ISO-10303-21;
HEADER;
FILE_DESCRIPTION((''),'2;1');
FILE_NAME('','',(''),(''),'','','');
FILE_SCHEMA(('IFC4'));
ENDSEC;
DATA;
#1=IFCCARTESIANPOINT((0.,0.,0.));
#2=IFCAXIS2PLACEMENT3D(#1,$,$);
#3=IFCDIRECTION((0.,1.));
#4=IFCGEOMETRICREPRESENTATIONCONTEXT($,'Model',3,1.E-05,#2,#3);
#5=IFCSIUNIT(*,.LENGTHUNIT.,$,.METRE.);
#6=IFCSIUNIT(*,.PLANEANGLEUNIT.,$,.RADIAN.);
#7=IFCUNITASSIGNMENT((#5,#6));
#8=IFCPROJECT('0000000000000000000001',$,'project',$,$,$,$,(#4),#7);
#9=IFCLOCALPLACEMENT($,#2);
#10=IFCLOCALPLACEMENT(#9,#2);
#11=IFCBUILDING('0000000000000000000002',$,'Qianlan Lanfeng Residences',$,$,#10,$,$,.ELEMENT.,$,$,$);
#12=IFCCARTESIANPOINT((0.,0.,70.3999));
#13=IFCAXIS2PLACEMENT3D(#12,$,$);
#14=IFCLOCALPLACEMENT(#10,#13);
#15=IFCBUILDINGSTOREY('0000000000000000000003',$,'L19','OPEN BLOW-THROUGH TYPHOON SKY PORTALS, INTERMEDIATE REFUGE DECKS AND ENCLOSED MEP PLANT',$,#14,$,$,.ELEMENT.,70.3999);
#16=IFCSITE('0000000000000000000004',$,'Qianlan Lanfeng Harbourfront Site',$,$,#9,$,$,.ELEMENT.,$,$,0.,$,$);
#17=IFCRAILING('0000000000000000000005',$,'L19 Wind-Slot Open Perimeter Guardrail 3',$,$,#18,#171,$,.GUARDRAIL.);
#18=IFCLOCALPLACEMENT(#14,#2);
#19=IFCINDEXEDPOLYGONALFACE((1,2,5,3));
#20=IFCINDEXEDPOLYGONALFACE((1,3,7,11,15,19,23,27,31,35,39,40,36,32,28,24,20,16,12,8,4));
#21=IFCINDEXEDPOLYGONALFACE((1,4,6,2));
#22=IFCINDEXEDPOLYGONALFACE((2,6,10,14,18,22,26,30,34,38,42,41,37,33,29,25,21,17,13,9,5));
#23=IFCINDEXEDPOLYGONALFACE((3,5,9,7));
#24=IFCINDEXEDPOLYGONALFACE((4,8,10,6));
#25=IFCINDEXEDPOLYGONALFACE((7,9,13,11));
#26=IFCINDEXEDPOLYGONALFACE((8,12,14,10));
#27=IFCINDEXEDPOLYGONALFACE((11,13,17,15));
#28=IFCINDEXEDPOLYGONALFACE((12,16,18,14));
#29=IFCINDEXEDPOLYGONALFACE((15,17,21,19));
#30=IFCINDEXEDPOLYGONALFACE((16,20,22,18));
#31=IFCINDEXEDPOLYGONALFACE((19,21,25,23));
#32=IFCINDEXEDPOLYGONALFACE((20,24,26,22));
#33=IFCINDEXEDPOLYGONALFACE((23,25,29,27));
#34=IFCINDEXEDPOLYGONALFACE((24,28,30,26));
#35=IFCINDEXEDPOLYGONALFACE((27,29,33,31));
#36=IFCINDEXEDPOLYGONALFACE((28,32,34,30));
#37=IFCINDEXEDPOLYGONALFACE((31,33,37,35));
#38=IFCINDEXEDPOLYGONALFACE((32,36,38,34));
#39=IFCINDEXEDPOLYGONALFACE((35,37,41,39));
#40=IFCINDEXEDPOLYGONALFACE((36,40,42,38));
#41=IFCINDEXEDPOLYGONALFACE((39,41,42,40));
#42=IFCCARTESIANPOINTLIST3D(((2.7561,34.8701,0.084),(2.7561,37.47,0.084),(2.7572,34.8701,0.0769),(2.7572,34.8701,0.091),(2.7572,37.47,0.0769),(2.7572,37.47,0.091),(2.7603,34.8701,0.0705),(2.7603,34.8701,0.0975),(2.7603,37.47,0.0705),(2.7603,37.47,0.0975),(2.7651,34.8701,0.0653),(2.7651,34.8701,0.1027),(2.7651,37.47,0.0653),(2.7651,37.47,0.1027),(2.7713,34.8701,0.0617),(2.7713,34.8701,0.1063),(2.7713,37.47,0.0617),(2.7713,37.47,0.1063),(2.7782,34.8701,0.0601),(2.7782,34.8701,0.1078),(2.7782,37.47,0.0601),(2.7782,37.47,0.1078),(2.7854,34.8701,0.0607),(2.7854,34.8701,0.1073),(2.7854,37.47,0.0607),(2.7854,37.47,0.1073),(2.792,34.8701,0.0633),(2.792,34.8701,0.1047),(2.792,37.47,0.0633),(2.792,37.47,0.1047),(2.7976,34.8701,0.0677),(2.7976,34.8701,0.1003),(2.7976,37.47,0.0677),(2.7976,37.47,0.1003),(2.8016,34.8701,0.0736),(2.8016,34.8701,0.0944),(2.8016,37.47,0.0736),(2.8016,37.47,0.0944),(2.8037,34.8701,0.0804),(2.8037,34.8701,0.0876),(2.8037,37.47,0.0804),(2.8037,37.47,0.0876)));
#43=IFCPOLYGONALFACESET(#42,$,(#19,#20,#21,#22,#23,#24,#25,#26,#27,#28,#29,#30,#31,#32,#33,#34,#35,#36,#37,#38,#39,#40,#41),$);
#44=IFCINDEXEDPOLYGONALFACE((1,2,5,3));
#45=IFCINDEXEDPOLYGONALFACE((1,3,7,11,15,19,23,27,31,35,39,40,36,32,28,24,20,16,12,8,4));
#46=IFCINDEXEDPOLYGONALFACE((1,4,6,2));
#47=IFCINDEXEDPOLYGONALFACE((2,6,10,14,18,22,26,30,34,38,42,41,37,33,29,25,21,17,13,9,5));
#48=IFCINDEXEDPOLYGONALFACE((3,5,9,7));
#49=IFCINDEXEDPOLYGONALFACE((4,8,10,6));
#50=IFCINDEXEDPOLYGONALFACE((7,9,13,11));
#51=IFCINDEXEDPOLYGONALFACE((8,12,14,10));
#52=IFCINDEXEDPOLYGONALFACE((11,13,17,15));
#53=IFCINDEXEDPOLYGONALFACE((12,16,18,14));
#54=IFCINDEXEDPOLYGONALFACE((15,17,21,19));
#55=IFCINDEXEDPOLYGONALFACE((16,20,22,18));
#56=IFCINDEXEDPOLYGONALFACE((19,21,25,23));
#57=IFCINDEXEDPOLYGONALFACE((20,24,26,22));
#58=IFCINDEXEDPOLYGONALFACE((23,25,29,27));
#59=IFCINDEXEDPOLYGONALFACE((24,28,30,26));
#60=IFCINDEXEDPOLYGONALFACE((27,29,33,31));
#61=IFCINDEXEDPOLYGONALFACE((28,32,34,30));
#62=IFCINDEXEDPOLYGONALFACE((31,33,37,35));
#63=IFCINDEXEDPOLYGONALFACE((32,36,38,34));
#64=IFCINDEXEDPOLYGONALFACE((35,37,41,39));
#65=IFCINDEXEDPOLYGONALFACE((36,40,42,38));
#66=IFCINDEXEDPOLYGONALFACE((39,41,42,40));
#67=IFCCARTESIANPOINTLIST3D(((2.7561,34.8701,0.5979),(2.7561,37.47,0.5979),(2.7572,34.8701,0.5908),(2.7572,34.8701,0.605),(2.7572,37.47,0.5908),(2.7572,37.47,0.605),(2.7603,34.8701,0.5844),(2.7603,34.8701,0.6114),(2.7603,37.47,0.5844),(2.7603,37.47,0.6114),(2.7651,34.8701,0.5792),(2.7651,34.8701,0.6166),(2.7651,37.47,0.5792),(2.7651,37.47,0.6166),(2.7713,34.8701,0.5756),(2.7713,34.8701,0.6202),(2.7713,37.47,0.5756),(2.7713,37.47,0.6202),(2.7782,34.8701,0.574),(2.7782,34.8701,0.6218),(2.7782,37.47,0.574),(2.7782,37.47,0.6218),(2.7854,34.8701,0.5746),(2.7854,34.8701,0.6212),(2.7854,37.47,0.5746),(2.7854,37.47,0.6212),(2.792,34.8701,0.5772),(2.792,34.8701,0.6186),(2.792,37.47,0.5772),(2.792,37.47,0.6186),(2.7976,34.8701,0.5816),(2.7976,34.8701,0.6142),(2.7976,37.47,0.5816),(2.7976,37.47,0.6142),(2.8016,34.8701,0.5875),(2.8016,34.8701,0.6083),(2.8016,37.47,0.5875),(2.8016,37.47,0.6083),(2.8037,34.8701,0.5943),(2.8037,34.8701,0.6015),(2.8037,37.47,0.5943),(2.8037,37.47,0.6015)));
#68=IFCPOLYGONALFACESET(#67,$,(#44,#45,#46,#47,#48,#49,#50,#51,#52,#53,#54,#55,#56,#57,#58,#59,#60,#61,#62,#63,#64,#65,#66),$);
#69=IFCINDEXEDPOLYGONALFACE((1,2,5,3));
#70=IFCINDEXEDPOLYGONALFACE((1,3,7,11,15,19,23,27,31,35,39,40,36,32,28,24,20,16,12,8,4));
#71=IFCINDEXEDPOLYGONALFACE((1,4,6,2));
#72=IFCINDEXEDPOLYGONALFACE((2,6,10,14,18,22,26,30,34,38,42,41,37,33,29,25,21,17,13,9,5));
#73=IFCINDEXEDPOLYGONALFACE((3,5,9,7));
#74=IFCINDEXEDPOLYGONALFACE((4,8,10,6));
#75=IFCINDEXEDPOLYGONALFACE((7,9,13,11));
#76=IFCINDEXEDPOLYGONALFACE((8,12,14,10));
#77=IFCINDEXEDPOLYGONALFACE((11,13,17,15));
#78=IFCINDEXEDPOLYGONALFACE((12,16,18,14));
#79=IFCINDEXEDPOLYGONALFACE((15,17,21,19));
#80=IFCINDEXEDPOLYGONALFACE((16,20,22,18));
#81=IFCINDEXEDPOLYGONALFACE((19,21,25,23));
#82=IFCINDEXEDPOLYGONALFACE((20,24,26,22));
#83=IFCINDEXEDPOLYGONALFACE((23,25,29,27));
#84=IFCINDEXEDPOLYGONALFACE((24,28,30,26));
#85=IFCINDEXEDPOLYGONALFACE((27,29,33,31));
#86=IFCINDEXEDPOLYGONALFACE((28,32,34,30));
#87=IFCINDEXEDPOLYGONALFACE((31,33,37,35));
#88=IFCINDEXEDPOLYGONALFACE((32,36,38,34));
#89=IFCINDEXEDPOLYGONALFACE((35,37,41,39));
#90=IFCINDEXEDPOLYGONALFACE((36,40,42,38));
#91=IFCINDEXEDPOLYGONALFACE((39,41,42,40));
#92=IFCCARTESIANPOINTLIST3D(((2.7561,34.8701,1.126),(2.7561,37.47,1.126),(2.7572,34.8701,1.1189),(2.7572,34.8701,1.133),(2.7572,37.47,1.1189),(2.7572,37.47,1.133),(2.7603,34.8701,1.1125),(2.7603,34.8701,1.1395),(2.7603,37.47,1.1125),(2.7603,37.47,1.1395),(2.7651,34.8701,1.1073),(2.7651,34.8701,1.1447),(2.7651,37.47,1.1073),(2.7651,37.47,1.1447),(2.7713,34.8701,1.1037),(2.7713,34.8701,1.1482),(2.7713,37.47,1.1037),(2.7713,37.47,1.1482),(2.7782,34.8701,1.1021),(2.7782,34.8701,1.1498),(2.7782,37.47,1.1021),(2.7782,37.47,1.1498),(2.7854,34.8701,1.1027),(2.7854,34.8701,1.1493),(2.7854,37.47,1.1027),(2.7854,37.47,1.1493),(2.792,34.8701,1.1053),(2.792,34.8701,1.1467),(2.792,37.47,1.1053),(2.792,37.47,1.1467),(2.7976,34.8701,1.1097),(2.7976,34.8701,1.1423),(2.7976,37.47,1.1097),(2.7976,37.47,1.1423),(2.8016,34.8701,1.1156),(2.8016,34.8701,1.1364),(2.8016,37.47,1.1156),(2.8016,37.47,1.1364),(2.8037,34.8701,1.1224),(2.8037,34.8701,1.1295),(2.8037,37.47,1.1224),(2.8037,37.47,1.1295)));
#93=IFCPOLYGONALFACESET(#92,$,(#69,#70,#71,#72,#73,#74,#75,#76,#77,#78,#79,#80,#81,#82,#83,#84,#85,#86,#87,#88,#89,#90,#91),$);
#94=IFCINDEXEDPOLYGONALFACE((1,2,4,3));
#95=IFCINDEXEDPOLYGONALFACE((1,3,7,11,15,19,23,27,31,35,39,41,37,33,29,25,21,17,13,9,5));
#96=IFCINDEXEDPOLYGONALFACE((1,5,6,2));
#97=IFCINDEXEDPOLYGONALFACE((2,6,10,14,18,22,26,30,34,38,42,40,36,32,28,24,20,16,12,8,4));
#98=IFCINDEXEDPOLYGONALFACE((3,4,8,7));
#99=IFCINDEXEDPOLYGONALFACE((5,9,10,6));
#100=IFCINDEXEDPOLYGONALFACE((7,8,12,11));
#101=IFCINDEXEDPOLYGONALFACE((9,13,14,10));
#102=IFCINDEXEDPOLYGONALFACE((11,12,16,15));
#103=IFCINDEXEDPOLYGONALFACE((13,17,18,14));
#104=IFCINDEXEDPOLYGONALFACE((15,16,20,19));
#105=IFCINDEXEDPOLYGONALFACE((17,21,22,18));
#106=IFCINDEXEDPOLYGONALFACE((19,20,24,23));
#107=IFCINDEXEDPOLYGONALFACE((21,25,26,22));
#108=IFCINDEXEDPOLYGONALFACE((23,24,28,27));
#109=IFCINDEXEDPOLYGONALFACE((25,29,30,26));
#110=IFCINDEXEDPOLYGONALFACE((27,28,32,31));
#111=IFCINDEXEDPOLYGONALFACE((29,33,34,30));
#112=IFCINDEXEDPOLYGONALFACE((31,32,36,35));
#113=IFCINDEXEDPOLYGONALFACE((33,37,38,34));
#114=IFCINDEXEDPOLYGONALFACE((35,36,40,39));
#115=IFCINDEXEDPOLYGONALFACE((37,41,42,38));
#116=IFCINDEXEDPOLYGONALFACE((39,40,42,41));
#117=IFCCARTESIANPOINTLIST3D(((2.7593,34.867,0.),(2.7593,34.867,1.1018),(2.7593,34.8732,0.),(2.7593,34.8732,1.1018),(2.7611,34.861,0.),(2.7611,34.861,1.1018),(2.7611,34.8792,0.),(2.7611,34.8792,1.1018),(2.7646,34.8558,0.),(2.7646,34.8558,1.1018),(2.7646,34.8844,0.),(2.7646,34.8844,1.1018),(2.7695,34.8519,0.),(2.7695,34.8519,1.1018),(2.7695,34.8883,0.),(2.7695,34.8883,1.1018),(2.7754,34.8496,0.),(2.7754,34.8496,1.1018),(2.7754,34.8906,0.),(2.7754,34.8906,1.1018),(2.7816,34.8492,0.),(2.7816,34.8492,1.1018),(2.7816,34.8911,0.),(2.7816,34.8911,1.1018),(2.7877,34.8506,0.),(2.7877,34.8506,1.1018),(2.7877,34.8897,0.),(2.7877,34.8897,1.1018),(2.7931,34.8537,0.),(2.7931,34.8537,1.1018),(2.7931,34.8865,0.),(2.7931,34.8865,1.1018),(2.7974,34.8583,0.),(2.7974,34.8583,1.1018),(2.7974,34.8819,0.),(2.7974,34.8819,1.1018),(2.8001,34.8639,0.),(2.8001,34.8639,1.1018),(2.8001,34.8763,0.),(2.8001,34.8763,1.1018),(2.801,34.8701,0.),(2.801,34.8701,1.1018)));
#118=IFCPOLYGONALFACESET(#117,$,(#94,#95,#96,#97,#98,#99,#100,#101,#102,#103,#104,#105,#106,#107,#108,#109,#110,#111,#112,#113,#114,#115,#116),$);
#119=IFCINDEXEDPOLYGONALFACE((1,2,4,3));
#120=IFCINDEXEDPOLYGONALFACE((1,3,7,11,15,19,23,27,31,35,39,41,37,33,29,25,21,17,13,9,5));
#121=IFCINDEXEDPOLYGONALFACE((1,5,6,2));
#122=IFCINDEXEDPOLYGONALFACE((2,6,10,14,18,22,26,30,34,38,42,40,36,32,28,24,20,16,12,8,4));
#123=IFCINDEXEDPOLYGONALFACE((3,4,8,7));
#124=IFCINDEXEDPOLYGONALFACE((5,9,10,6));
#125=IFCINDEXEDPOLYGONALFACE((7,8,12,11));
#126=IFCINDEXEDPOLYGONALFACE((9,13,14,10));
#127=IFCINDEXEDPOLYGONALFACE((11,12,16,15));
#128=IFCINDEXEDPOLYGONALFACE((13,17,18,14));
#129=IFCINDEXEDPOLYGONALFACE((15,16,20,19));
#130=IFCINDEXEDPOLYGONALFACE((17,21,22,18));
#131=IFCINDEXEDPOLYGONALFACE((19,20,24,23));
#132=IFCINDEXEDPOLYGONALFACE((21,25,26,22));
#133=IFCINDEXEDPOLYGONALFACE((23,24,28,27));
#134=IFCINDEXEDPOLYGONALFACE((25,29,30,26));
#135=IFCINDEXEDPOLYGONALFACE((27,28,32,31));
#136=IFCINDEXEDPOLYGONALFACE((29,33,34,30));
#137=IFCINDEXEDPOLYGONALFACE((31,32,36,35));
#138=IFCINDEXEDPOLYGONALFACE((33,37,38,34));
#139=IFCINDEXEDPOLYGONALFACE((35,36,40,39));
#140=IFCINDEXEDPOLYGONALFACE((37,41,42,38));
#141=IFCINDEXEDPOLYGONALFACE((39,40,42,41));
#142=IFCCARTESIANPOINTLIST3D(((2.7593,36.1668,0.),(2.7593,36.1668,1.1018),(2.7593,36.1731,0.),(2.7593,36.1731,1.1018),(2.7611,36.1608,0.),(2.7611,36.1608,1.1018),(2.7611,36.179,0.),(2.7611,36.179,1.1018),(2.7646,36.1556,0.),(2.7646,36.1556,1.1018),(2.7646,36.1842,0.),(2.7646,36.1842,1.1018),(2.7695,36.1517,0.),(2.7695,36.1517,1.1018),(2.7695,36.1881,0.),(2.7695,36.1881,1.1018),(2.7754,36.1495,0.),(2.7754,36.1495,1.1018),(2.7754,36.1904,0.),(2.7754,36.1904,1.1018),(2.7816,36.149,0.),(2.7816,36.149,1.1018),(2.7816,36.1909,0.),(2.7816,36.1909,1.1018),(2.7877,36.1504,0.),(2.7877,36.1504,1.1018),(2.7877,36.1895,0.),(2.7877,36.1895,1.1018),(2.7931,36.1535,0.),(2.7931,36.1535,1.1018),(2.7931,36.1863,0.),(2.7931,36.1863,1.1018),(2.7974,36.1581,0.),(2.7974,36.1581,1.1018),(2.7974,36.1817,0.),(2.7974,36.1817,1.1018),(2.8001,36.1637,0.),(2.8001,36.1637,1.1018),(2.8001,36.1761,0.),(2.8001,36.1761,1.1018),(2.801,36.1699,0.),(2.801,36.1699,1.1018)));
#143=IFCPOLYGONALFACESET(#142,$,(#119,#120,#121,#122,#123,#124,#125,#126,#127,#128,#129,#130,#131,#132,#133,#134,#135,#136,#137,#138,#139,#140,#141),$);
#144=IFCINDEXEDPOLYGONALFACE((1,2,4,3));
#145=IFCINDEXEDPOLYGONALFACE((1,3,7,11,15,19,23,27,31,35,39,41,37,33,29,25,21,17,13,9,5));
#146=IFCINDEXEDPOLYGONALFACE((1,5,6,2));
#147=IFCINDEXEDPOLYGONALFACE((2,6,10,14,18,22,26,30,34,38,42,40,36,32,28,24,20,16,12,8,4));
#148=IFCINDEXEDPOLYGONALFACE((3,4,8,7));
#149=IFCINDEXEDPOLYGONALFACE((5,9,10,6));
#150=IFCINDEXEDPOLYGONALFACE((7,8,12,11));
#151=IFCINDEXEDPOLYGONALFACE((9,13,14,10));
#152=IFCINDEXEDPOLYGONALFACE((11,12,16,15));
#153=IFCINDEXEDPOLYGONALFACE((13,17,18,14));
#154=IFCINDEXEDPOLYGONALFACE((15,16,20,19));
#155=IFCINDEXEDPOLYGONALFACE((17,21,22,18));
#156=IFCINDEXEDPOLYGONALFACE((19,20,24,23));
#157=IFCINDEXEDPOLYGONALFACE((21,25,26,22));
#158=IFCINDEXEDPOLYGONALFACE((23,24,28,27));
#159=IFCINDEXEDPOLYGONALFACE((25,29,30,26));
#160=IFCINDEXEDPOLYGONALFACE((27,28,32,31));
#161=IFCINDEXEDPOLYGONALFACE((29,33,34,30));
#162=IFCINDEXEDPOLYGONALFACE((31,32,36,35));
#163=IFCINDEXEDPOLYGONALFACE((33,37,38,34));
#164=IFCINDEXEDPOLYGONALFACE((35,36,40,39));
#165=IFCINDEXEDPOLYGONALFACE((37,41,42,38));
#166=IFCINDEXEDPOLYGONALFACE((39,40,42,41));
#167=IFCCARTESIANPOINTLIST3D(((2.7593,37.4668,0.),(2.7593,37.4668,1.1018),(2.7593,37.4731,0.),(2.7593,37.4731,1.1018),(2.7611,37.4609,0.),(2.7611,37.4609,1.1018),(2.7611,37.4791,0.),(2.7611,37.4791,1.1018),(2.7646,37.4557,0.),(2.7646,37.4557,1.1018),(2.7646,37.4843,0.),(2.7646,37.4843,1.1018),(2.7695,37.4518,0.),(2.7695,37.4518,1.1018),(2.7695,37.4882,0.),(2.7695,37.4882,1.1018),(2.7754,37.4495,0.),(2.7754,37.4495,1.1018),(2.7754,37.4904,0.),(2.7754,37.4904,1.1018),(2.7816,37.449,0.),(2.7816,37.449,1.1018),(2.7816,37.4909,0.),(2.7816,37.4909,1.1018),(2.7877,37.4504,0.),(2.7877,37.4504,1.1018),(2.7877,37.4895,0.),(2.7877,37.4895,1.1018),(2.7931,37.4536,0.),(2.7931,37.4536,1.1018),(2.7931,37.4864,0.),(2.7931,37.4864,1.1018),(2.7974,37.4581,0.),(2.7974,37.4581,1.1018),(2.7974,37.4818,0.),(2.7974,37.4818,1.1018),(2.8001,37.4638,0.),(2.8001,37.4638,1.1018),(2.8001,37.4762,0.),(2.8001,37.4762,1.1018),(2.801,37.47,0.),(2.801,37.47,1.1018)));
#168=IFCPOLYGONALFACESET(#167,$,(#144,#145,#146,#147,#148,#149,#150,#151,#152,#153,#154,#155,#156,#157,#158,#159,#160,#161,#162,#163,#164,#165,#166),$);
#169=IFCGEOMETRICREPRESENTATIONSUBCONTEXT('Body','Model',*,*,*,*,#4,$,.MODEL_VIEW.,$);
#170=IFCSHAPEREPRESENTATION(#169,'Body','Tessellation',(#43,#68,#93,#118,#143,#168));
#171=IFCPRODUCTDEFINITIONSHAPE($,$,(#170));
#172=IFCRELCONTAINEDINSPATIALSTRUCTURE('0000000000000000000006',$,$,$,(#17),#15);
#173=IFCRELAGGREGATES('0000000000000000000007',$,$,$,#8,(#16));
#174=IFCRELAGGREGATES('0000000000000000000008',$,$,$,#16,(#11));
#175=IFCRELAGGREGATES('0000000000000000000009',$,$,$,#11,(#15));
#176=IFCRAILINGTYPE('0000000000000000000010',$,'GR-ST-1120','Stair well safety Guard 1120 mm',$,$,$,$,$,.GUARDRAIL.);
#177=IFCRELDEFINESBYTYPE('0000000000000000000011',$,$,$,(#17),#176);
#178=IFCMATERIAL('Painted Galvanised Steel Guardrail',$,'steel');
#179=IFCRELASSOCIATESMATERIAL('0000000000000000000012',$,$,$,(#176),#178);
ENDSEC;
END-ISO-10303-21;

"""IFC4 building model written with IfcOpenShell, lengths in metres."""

from ifc_helpers import new_model, si_unit, direction, frame, origin, origin_2d, place, context, subcontext, project, spatial, circle, extrude, material, type_object, element, save


model = new_model("IFC4")

# Units and contexts
model_context = context("Model", 3, precision=1e-05, world=origin(), true_north=direction((0.0, 1.0)))
body_context = subcontext(model_context, "Body", "Model", "MODEL_VIEW")
ifc_project = project(units=[si_unit("LENGTHUNIT", "METRE"), si_unit("PLANEANGLEUNIT", "RADIAN")], contexts=[model_context])

# Site, building, storey
site_placement = place(None, origin())
site = spatial("IfcSite", under=ifc_project, at=site_placement, Name="Qianlan Lanfeng Harbourfront Site", CompositionType="ELEMENT", RefElevation=0.0)
building_placement = place(site_placement, origin())
building = spatial("IfcBuilding", under=site, at=building_placement, Name="Qianlan Lanfeng Residences", CompositionType="ELEMENT")
storey_placement = place(building_placement, frame((0.0, 0.0, 70.3999)))
storey = spatial("IfcBuildingStorey", under=building, at=storey_placement, Name="L19", Description="OPEN BLOW-THROUGH TYPHOON SKY PORTALS, INTERMEDIATE REFUGE DECKS AND ENCLOSED MEP PLANT", CompositionType="ELEMENT", Elevation=70.3999)

# Railing
ifc_material_1 = material(Name="Painted Galvanised Steel Guardrail", Category="steel")
railing_type_1 = type_object("IfcRailingType", Name="GR-ST-1120", Description="Stair well safety Guard 1120 mm", PredefinedType="GUARDRAIL", material=ifc_material_1)
railing_1_placement = place(storey_placement, frame((2.78, 34.8701, 0.0)))
element("IfcRailing", 1, at=railing_1_placement, inside=storey, type_object=railing_type_1, Name="L19 Wind-Slot Open Perimeter Guardrail 3", PredefinedType="GUARDRAIL", context=body_context, shape_type="SweptSolid", body=[
    extrude(circle(Radius=0.0239, at=origin_2d()), frame((0.0, 0.0, 0.084), z_axis=(0.0, 1.0, 0.0), x_axis=(-1.0, 0.0, 0.0)), (0.0, 0.0, 1.0), 2.5999),
    extrude(circle(Radius=0.0239, at=origin_2d()), frame((0.0, 0.0, 0.5979), z_axis=(0.0, 1.0, 0.0), x_axis=(-1.0, 0.0, 0.0)), (0.0, 0.0, 1.0), 2.5999),
    extrude(circle(Radius=0.0239, at=origin_2d()), frame((0.0, 0.0, 1.126), z_axis=(0.0, 1.0, 0.0), x_axis=(-1.0, 0.0, 0.0)), (0.0, 0.0, 1.0), 2.5999),
    extrude(circle(Radius=0.021, at=origin_2d()), origin(), (0.0, 0.0, 1.0), 1.1018),
    extrude(circle(Radius=0.021, at=origin_2d()), frame((0.0, 1.2998, 0.0)), (0.0, 0.0, 1.0), 1.1018),
    extrude(circle(Radius=0.021, at=origin_2d()), frame((0.0, 2.5999, 0.0)), (0.0, 0.0, 1.0), 1.1018),
])

save(model, "model.ifc")
